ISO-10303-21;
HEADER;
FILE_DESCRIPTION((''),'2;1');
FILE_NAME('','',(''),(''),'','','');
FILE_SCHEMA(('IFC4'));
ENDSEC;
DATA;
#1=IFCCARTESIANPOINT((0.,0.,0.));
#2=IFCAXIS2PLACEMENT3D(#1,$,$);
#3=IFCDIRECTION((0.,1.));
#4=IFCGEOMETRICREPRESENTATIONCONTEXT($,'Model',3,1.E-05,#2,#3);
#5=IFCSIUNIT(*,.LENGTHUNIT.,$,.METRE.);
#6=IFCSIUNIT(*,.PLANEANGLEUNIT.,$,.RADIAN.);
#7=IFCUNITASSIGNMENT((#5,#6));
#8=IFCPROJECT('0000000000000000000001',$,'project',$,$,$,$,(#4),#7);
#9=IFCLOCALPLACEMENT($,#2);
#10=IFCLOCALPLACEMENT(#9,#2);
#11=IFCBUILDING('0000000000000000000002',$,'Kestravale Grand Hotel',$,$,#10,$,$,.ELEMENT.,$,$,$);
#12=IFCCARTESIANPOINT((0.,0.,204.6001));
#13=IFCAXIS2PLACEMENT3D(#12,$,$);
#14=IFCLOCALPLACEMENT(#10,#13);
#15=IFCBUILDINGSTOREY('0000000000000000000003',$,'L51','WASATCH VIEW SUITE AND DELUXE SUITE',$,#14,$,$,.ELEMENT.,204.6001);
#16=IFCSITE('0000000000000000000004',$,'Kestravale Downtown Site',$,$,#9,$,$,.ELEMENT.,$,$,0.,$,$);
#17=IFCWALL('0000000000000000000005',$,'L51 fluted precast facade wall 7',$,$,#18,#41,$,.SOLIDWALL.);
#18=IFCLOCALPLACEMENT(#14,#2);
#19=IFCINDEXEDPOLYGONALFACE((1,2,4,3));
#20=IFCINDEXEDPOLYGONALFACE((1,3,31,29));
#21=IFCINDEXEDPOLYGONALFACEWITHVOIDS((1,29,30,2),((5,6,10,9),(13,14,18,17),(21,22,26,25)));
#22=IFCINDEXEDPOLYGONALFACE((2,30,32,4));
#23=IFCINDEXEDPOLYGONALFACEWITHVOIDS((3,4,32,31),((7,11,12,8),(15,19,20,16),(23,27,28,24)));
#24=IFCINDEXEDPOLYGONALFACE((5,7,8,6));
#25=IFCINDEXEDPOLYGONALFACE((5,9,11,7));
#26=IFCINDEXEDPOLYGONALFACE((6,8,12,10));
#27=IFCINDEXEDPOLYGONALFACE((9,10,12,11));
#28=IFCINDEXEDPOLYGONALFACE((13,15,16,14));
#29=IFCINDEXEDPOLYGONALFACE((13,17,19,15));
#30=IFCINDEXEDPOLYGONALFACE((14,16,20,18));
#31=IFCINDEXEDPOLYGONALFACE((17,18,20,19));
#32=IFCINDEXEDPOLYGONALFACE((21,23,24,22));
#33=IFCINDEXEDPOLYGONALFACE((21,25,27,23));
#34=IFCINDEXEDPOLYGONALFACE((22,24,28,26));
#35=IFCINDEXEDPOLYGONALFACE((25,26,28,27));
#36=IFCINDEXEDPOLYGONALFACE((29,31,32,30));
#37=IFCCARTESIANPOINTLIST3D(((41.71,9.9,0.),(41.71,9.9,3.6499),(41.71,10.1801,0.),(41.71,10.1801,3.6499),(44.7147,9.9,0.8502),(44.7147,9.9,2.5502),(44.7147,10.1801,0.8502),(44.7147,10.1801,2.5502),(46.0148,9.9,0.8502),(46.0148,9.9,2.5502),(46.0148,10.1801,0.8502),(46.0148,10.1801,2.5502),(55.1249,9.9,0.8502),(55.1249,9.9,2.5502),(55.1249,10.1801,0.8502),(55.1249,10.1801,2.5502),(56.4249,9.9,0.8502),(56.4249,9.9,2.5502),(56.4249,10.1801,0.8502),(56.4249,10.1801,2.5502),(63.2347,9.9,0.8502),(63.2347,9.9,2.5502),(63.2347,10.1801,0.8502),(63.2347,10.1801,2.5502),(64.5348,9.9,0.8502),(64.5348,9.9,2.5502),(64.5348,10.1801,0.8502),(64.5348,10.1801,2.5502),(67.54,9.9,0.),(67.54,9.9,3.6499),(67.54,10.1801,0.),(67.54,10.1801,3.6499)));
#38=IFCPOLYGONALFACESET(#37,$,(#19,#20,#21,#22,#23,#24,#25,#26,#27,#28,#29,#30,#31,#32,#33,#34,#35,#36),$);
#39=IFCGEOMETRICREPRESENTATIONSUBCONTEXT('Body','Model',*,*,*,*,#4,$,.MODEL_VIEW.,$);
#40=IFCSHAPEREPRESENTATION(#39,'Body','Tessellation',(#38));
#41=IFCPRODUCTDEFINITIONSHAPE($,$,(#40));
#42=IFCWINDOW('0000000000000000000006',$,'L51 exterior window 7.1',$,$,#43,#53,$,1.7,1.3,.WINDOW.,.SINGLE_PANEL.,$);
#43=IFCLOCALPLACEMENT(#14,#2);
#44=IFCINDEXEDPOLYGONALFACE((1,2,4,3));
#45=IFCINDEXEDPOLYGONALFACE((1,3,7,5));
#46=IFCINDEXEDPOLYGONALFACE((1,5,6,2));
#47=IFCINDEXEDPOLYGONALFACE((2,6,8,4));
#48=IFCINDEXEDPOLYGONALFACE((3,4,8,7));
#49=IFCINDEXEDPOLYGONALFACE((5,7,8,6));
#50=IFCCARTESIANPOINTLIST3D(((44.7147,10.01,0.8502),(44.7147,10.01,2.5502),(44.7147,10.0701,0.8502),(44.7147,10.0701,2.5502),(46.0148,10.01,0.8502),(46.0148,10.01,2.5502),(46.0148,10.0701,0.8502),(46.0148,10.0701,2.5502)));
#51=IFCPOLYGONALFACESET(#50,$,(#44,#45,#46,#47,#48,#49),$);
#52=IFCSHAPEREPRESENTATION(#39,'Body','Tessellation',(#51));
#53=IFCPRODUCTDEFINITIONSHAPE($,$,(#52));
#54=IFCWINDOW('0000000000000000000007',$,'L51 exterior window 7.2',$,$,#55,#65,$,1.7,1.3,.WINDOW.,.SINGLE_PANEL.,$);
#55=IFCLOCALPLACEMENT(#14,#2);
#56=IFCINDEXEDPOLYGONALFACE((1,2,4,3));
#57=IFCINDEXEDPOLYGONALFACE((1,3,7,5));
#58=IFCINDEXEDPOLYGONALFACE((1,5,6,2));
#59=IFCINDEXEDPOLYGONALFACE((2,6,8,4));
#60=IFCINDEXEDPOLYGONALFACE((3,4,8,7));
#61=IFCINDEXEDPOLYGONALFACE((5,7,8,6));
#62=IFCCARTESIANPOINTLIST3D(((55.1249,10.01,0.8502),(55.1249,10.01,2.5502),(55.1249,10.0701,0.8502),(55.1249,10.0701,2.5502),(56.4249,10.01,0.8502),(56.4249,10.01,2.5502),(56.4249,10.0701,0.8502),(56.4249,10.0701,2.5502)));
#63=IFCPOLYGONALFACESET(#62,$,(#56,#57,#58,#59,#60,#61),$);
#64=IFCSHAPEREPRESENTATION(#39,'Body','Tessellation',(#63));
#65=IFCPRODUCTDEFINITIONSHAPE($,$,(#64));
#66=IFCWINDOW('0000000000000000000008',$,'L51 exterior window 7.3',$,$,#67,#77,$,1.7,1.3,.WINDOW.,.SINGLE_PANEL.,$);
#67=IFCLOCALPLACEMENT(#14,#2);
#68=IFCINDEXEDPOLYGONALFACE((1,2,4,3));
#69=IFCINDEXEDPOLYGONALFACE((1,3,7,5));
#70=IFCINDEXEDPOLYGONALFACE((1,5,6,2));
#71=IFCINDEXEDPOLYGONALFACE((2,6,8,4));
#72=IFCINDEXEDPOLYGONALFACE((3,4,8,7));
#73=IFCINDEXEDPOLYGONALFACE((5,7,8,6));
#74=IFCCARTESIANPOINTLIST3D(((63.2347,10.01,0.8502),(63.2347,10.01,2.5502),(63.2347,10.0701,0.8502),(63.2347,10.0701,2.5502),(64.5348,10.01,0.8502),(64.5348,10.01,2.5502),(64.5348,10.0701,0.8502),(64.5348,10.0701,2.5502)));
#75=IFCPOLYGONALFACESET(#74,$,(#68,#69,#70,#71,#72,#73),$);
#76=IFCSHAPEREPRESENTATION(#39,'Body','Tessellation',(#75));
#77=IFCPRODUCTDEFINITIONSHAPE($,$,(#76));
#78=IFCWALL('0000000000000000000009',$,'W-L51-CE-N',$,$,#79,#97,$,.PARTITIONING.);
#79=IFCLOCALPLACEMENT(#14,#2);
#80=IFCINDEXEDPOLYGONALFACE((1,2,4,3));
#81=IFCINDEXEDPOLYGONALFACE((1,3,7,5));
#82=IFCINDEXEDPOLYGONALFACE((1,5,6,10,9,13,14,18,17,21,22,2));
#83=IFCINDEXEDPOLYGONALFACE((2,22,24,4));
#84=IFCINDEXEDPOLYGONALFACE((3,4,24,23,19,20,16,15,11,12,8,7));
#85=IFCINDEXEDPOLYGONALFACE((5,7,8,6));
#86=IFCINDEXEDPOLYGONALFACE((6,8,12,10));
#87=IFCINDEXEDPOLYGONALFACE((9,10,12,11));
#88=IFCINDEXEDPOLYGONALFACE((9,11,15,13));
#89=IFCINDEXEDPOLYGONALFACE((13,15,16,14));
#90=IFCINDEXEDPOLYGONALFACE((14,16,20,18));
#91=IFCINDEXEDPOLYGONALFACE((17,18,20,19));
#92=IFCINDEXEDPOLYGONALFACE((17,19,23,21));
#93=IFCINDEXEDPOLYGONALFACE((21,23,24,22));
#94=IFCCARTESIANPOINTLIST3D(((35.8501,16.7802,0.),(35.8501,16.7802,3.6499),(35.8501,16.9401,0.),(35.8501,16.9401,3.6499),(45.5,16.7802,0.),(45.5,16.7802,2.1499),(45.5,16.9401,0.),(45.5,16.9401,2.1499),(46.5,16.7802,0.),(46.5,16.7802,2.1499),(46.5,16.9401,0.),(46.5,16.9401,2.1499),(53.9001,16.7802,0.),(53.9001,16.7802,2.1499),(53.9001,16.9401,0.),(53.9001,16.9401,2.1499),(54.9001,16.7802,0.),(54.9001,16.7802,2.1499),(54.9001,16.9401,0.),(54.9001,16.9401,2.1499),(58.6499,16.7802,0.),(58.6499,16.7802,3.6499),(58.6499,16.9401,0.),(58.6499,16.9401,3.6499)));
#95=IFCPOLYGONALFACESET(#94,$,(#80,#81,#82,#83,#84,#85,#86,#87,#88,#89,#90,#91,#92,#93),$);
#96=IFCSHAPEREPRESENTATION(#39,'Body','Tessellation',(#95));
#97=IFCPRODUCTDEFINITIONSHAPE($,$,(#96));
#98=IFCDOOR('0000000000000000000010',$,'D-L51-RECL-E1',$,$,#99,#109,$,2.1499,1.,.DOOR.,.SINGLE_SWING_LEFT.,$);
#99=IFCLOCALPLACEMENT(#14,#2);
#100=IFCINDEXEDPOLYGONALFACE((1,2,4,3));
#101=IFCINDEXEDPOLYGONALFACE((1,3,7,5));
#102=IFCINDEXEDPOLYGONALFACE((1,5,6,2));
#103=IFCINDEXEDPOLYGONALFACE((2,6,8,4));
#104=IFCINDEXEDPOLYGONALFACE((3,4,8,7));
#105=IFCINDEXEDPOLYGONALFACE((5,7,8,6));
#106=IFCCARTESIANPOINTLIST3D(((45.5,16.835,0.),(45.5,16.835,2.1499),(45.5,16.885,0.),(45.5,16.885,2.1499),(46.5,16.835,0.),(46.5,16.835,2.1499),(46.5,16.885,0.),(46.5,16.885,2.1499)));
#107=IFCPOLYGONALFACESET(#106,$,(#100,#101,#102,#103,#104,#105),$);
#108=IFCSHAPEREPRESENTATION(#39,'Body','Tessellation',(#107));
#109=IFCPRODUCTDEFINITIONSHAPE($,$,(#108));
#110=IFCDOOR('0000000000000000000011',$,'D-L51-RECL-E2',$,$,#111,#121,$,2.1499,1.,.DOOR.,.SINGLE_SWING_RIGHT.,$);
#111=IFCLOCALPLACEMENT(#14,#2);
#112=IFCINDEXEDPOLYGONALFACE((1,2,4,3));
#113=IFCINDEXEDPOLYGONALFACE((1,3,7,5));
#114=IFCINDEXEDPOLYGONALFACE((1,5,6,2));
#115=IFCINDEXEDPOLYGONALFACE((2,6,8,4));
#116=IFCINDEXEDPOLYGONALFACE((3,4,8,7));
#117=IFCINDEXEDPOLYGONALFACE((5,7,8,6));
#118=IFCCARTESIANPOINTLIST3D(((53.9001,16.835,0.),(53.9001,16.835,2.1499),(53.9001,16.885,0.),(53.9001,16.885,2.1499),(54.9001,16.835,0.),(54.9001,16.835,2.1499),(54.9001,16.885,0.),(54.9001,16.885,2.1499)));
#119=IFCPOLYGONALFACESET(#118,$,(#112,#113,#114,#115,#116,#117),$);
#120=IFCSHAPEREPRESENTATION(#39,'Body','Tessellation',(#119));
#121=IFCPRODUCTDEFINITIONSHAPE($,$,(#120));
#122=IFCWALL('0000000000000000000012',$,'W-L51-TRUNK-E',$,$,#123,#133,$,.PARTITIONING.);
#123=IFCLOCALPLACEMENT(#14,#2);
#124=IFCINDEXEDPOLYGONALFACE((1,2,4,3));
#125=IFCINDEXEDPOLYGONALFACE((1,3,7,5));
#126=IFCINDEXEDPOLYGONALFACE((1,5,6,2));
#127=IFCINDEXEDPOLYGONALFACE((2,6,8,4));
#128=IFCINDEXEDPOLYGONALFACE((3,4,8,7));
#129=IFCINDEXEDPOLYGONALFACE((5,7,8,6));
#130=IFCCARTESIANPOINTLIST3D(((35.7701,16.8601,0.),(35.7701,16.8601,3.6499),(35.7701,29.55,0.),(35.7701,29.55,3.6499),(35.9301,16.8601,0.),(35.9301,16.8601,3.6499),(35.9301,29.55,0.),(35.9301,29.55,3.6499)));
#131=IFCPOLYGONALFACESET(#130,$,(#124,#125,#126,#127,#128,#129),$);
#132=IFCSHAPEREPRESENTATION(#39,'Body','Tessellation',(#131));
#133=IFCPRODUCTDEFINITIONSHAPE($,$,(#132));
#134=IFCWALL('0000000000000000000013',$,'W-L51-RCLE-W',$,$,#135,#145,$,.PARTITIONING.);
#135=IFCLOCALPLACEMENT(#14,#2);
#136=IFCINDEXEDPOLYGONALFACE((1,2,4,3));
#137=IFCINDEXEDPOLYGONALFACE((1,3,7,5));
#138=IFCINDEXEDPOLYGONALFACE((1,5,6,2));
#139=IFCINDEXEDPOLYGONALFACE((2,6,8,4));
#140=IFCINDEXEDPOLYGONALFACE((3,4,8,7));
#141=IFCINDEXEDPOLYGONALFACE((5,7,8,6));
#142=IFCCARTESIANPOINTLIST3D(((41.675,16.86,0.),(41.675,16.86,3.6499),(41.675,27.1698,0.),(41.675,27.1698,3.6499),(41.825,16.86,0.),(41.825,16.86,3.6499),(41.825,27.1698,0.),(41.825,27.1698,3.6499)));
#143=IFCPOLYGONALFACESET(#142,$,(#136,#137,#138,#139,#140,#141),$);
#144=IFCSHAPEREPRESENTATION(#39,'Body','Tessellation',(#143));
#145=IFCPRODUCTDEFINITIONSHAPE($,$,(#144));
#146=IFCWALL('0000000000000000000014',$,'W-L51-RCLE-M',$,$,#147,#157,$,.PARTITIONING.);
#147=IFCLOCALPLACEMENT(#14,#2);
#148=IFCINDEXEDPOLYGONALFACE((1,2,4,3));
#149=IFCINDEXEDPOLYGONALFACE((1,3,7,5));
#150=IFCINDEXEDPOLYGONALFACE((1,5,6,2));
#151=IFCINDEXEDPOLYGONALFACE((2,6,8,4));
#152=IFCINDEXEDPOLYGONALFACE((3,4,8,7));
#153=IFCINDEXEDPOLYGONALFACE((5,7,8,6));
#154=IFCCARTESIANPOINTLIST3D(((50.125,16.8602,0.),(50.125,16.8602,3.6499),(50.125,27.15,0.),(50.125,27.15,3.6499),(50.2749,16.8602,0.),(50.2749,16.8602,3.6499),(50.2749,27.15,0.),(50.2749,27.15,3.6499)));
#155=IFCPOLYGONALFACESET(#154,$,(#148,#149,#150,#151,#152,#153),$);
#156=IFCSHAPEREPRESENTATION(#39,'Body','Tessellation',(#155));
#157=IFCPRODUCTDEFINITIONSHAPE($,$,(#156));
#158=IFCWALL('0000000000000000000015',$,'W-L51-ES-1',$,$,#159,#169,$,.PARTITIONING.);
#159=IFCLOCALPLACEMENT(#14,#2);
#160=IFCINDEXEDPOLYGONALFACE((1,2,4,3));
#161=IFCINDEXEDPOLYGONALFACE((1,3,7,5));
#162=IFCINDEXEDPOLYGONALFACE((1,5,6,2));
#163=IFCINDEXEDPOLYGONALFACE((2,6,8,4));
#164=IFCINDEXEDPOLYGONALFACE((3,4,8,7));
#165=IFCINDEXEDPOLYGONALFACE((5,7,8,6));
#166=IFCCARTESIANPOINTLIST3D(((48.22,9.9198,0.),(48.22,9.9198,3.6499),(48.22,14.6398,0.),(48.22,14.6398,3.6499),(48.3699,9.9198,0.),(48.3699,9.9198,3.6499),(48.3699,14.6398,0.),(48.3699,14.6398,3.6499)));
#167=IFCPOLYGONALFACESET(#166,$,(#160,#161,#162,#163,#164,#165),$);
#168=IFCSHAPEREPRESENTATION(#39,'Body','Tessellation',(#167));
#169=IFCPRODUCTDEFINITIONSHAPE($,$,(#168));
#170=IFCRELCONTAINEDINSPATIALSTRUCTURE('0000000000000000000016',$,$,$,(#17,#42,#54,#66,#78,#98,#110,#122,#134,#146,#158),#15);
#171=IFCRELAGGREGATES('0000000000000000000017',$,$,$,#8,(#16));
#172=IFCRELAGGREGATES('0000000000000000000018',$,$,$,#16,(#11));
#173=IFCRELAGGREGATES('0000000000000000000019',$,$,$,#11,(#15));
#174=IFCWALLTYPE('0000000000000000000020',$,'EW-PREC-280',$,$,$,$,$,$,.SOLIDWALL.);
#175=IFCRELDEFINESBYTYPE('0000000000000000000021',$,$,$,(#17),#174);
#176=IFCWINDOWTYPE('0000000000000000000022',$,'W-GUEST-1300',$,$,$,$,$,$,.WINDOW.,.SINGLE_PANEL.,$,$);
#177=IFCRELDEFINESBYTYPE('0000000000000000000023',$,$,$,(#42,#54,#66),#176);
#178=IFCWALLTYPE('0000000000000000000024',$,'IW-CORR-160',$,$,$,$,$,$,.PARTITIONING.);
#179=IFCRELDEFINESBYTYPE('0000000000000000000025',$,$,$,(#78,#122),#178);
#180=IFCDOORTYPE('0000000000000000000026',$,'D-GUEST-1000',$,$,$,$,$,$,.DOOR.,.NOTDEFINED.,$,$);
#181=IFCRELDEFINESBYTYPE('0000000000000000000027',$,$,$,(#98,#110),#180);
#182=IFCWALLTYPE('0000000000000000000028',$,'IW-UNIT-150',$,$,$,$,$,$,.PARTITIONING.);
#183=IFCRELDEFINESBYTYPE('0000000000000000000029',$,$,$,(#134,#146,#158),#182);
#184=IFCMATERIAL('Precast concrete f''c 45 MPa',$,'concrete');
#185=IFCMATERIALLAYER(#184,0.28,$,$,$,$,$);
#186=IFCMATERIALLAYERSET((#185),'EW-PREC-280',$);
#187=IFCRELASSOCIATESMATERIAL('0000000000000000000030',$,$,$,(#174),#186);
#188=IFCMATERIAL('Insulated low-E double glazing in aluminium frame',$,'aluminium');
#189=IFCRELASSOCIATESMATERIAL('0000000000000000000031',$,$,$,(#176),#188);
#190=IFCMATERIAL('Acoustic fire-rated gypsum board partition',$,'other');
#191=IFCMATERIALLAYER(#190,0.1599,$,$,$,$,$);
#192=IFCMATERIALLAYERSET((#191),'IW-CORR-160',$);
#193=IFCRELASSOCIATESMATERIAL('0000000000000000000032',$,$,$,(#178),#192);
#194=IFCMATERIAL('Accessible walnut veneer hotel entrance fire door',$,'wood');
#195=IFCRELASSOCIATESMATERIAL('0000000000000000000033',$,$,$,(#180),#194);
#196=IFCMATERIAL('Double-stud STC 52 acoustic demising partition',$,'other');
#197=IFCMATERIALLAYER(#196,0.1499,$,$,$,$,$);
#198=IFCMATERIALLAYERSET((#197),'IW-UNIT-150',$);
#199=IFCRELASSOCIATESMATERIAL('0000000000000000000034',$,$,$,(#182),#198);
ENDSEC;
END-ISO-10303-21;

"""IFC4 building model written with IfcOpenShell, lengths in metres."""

from ifc_helpers import new_model, si_unit, direction, frame, frame_2d, origin, place, context, subcontext, project, spatial, rectangle, extrude, material, layer, layer_set, type_object, element, fill, save


model = new_model("IFC4")

# Units and contexts
model_context = context("Model", 3, precision=1e-05, world=origin(), true_north=direction((0.0, 1.0)))
body_context = subcontext(model_context, "Body", "Model", "MODEL_VIEW")
ifc_project = project(units=[si_unit("LENGTHUNIT", "METRE"), si_unit("PLANEANGLEUNIT", "RADIAN")], contexts=[model_context])

# Site, building, storey
site_placement = place(None, origin())
site = spatial("IfcSite", under=ifc_project, at=site_placement, Name="Kestravale Downtown Site", CompositionType="ELEMENT", RefElevation=0.0)
building_placement = place(site_placement, origin())
building = spatial("IfcBuilding", under=site, at=building_placement, Name="Kestravale Grand Hotel", CompositionType="ELEMENT")
storey_placement = place(building_placement, frame((0.0, 0.0, 204.6001)))
storey = spatial("IfcBuildingStorey", under=building, at=storey_placement, Name="L51", Description="WASATCH VIEW SUITE AND DELUXE SUITE", CompositionType="ELEMENT", Elevation=204.6001)

# Shared definitions
ifc_material_1 = material(Name="Precast concrete f'c 45 MPa", Category="concrete")
ifc_layer_1 = layer(ifc_material_1, 0.28)
ifc_layer_set_1 = layer_set([ifc_layer_1], Name="EW-PREC-280")
wall_type_1 = type_object("IfcWallType", Name="EW-PREC-280", PredefinedType="SOLIDWALL", material=ifc_layer_set_1)

# Shared definitions
ifc_material_2 = material(Name="Insulated low-E double glazing in aluminium frame", Category="aluminium")
window_type = type_object("IfcWindowType", Name="W-GUEST-1300", PartitioningType="SINGLE_PANEL", PredefinedType="WINDOW", material=ifc_material_2)

# Wall, openings, windows
wall_1_placement = place(storey_placement, frame((41.71, 10.04, 0.0), z_axis=(0.0, 0.0, 1.0), x_axis=(1.0, 0.0, 0.0)))
wall_1 = element("IfcWall", 1, at=wall_1_placement, inside=storey, type_object=wall_type_1, Name="L51 fluted precast facade wall 7", PredefinedType="SOLIDWALL", context=body_context, shape_type="SweptSolid", body=[
    extrude(rectangle(XDim=25.8301, YDim=0.28, at=frame_2d((12.915, 0.0))), origin(), (0.0, 0.0, 1.0), 3.6499),
])
opening_1_placement = place(wall_1_placement, frame((3.0049, 0.0, 0.8501)))
opening_1 = element("IfcOpeningElement", 2, at=opening_1_placement, cuts=wall_1, PredefinedType="OPENING", context=body_context, shape_type="SweptSolid", body=[
    extrude(rectangle(XDim=1.3, YDim=1.7, at=frame_2d((0.6499, 0.8501))), frame((0.0, 0.1499, 0.0), z_axis=(0.0, -1.0, 0.0), x_axis=(1.0, 0.0, 0.0)), (0.0, 0.0, 1.0), 0.3),
])
opening_2_placement = place(wall_1_placement, frame((13.415, 0.0, 0.8501)))
opening_2 = element("IfcOpeningElement", 3, at=opening_2_placement, cuts=wall_1, PredefinedType="OPENING", context=body_context, shape_type="SweptSolid", body=[
    extrude(rectangle(XDim=1.3, YDim=1.7, at=frame_2d((0.6499, 0.8501))), frame((0.0, 0.1499, 0.0), z_axis=(0.0, -1.0, 0.0), x_axis=(1.0, 0.0, 0.0)), (0.0, 0.0, 1.0), 0.3),
])
opening_3_placement = place(wall_1_placement, frame((21.5249, 0.0, 0.8501)))
opening_3 = element("IfcOpeningElement", 4, at=opening_3_placement, cuts=wall_1, PredefinedType="OPENING", context=body_context, shape_type="SweptSolid", body=[
    extrude(rectangle(XDim=1.3, YDim=1.7, at=frame_2d((0.6499, 0.8501))), frame((0.0, 0.1499, 0.0), z_axis=(0.0, -1.0, 0.0), x_axis=(1.0, 0.0, 0.0)), (0.0, 0.0, 1.0), 0.3),
])
window_1_placement = place(opening_1_placement, origin())
window_1 = element("IfcWindow", 5, at=window_1_placement, inside=storey, type_object=window_type, Name="L51 exterior window 7.1", OverallHeight=1.7, OverallWidth=1.3, PartitioningType="SINGLE_PANEL", PredefinedType="WINDOW", context=body_context, shape_type="SweptSolid", body=[
    extrude(rectangle(XDim=1.3, YDim=1.7, at=frame_2d((0.6499, 0.8501))), frame((0.0, 0.03, 0.0), z_axis=(0.0, -1.0, 0.0), x_axis=(1.0, 0.0, 0.0)), (0.0, 0.0, 1.0), 0.0601),
])
fill(opening_1, window_1)
window_2_placement = place(opening_2_placement, origin())
window_2 = element("IfcWindow", 6, at=window_2_placement, inside=storey, type_object=window_type, Name="L51 exterior window 7.2", OverallHeight=1.7, OverallWidth=1.3, PartitioningType="SINGLE_PANEL", PredefinedType="WINDOW", context=body_context, shape_type="SweptSolid", body=[
    extrude(rectangle(XDim=1.3, YDim=1.7, at=frame_2d((0.6499, 0.8501))), frame((0.0, 0.03, 0.0), z_axis=(0.0, -1.0, 0.0), x_axis=(1.0, 0.0, 0.0)), (0.0, 0.0, 1.0), 0.0601),
])
fill(opening_2, window_2)
window_3_placement = place(opening_3_placement, origin())
window_3 = element("IfcWindow", 7, at=window_3_placement, inside=storey, type_object=window_type, Name="L51 exterior window 7.3", OverallHeight=1.7, OverallWidth=1.3, PartitioningType="SINGLE_PANEL", PredefinedType="WINDOW", context=body_context, shape_type="SweptSolid", body=[
    extrude(rectangle(XDim=1.3, YDim=1.7, at=frame_2d((0.6499, 0.8501))), frame((0.0, 0.03, 0.0), z_axis=(0.0, -1.0, 0.0), x_axis=(1.0, 0.0, 0.0)), (0.0, 0.0, 1.0), 0.0601),
])
fill(opening_3, window_3)

# Wall, openings, doors
ifc_material_3 = material(Name="Acoustic fire-rated gypsum board partition", Category="other")
ifc_layer_2 = layer(ifc_material_3, 0.1599)
ifc_layer_set_2 = layer_set([ifc_layer_2], Name="IW-CORR-160")
wall_type_2 = type_object("IfcWallType", Name="IW-CORR-160", PredefinedType="PARTITIONING", material=ifc_layer_set_2)
wall_2_placement = place(storey_placement, frame((35.8501, 16.8601, 0.0), z_axis=(0.0, 0.0, 1.0), x_axis=(1.0, 0.0, 0.0)))
wall_2 = element("IfcWall", 8, at=wall_2_placement, inside=storey, type_object=wall_type_2, Name="W-L51-CE-N", PredefinedType="PARTITIONING", context=body_context, shape_type="SweptSolid", body=[
    extrude(rectangle(XDim=22.7998, YDim=0.1599, at=frame_2d((11.3999, 0.0))), origin(), (0.0, 0.0, 1.0), 3.6499),
])
opening_4_placement = place(wall_2_placement, frame((9.6499, 0.0, 0.0)))
opening_4 = element("IfcOpeningElement", 9, at=opening_4_placement, cuts=wall_2, PredefinedType="OPENING", context=body_context, shape_type="SweptSolid", body=[
    extrude(rectangle(XDim=1.0, YDim=2.1499, at=frame_2d((0.5, 1.075))), frame((0.0, 0.0898, 0.0), z_axis=(0.0, -1.0, 0.0), x_axis=(1.0, 0.0, 0.0)), (0.0, 0.0, 1.0), 0.1799),
])
opening_5_placement = place(wall_2_placement, frame((18.05, 0.0, 0.0)))
opening_5 = element("IfcOpeningElement", 10, at=opening_5_placement, cuts=wall_2, PredefinedType="OPENING", context=body_context, shape_type="SweptSolid", body=[
    extrude(rectangle(XDim=1.0, YDim=2.1499, at=frame_2d((0.5, 1.075))), frame((0.0, 0.0898, 0.0), z_axis=(0.0, -1.0, 0.0), x_axis=(1.0, 0.0, 0.0)), (0.0, 0.0, 1.0), 0.1799),
])
ifc_material_4 = material(Name="Accessible walnut veneer hotel entrance fire door", Category="wood")
door_type = type_object("IfcDoorType", Name="D-GUEST-1000", OperationType="NOTDEFINED", PredefinedType="DOOR", material=ifc_material_4)
door_1_placement = place(opening_4_placement, origin())
door_1 = element("IfcDoor", 11, at=door_1_placement, inside=storey, type_object=door_type, Name="D-L51-RECL-E1", OperationType="SINGLE_SWING_LEFT", OverallHeight=2.1499, OverallWidth=1.0, PredefinedType="DOOR", context=body_context, shape_type="SweptSolid", body=[
    extrude(rectangle(XDim=1.0, YDim=2.1499, at=frame_2d((0.5, 1.075))), frame((0.0, 0.0249, 0.0), z_axis=(0.0, -1.0, 0.0), x_axis=(1.0, 0.0, 0.0)), (0.0, 0.0, 1.0), 0.05),
])
fill(opening_4, door_1)
door_2_placement = place(opening_5_placement, origin())
door_2 = element("IfcDoor", 12, at=door_2_placement, inside=storey, type_object=door_type, Name="D-L51-RECL-E2", OperationType="SINGLE_SWING_RIGHT", OverallHeight=2.1499, OverallWidth=1.0, PredefinedType="DOOR", context=body_context, shape_type="SweptSolid", body=[
    extrude(rectangle(XDim=1.0, YDim=2.1499, at=frame_2d((0.5, 1.075))), frame((0.0, 0.0249, 0.0), z_axis=(0.0, -1.0, 0.0), x_axis=(1.0, 0.0, 0.0)), (0.0, 0.0, 1.0), 0.05),
])
fill(opening_5, door_2)

# Walls
wall_3_placement = place(storey_placement, frame((35.8501, 16.8601, 0.0), z_axis=(0.0, 0.0, 1.0), x_axis=(0.0, 1.0, 0.0)))
element("IfcWall", 13, at=wall_3_placement, inside=storey, type_object=wall_type_2, Name="W-L51-TRUNK-E", PredefinedType="PARTITIONING", context=body_context, shape_type="SweptSolid", body=[
    extrude(rectangle(XDim=12.6899, YDim=0.1599, at=frame_2d((6.345, 0.0))), origin(), (0.0, 0.0, 1.0), 3.6499),
])
ifc_material_5 = material(Name="Double-stud STC 52 acoustic demising partition", Category="other")
ifc_layer_3 = layer(ifc_material_5, 0.1499)
ifc_layer_set_3 = layer_set([ifc_layer_3], Name="IW-UNIT-150")
wall_type_3 = type_object("IfcWallType", Name="IW-UNIT-150", PredefinedType="PARTITIONING", material=ifc_layer_set_3)
wall_4_placement = place(storey_placement, frame((41.75, 16.8601, 0.0), z_axis=(0.0, 0.0, 1.0), x_axis=(0.0, 1.0, 0.0)))
element("IfcWall", 14, at=wall_4_placement, inside=storey, type_object=wall_type_3, Name="W-L51-RCLE-W", PredefinedType="PARTITIONING", context=body_context, shape_type="SweptSolid", body=[
    extrude(rectangle(XDim=10.3098, YDim=0.1499, at=frame_2d((5.1548, 0.0))), origin(), (0.0, 0.0, 1.0), 3.6499),
])
wall_5_placement = place(storey_placement, frame((50.2, 16.8601, 0.0), z_axis=(0.0, 0.0, 1.0), x_axis=(0.0, 1.0, 0.0)))
element("IfcWall", 15, at=wall_5_placement, inside=storey, type_object=wall_type_3, Name="W-L51-RCLE-M", PredefinedType="PARTITIONING", context=body_context, shape_type="SweptSolid", body=[
    extrude(rectangle(XDim=10.2898, YDim=0.1499, at=frame_2d((5.145, 0.0))), origin(), (0.0, 0.0, 1.0), 3.6499),
])
wall_6_placement = place(storey_placement, frame((48.2949, 9.9199, 0.0), z_axis=(0.0, 0.0, 1.0), x_axis=(0.0, 1.0, 0.0)))
element("IfcWall", 16, at=wall_6_placement, inside=storey, type_object=wall_type_3, Name="W-L51-ES-1", PredefinedType="PARTITIONING", context=body_context, shape_type="SweptSolid", body=[
    extrude(rectangle(XDim=4.72, YDim=0.1499, at=frame_2d((2.3599, 0.0))), origin(), (0.0, 0.0, 1.0), 3.6499),
])

save(model, "model.ifc")
